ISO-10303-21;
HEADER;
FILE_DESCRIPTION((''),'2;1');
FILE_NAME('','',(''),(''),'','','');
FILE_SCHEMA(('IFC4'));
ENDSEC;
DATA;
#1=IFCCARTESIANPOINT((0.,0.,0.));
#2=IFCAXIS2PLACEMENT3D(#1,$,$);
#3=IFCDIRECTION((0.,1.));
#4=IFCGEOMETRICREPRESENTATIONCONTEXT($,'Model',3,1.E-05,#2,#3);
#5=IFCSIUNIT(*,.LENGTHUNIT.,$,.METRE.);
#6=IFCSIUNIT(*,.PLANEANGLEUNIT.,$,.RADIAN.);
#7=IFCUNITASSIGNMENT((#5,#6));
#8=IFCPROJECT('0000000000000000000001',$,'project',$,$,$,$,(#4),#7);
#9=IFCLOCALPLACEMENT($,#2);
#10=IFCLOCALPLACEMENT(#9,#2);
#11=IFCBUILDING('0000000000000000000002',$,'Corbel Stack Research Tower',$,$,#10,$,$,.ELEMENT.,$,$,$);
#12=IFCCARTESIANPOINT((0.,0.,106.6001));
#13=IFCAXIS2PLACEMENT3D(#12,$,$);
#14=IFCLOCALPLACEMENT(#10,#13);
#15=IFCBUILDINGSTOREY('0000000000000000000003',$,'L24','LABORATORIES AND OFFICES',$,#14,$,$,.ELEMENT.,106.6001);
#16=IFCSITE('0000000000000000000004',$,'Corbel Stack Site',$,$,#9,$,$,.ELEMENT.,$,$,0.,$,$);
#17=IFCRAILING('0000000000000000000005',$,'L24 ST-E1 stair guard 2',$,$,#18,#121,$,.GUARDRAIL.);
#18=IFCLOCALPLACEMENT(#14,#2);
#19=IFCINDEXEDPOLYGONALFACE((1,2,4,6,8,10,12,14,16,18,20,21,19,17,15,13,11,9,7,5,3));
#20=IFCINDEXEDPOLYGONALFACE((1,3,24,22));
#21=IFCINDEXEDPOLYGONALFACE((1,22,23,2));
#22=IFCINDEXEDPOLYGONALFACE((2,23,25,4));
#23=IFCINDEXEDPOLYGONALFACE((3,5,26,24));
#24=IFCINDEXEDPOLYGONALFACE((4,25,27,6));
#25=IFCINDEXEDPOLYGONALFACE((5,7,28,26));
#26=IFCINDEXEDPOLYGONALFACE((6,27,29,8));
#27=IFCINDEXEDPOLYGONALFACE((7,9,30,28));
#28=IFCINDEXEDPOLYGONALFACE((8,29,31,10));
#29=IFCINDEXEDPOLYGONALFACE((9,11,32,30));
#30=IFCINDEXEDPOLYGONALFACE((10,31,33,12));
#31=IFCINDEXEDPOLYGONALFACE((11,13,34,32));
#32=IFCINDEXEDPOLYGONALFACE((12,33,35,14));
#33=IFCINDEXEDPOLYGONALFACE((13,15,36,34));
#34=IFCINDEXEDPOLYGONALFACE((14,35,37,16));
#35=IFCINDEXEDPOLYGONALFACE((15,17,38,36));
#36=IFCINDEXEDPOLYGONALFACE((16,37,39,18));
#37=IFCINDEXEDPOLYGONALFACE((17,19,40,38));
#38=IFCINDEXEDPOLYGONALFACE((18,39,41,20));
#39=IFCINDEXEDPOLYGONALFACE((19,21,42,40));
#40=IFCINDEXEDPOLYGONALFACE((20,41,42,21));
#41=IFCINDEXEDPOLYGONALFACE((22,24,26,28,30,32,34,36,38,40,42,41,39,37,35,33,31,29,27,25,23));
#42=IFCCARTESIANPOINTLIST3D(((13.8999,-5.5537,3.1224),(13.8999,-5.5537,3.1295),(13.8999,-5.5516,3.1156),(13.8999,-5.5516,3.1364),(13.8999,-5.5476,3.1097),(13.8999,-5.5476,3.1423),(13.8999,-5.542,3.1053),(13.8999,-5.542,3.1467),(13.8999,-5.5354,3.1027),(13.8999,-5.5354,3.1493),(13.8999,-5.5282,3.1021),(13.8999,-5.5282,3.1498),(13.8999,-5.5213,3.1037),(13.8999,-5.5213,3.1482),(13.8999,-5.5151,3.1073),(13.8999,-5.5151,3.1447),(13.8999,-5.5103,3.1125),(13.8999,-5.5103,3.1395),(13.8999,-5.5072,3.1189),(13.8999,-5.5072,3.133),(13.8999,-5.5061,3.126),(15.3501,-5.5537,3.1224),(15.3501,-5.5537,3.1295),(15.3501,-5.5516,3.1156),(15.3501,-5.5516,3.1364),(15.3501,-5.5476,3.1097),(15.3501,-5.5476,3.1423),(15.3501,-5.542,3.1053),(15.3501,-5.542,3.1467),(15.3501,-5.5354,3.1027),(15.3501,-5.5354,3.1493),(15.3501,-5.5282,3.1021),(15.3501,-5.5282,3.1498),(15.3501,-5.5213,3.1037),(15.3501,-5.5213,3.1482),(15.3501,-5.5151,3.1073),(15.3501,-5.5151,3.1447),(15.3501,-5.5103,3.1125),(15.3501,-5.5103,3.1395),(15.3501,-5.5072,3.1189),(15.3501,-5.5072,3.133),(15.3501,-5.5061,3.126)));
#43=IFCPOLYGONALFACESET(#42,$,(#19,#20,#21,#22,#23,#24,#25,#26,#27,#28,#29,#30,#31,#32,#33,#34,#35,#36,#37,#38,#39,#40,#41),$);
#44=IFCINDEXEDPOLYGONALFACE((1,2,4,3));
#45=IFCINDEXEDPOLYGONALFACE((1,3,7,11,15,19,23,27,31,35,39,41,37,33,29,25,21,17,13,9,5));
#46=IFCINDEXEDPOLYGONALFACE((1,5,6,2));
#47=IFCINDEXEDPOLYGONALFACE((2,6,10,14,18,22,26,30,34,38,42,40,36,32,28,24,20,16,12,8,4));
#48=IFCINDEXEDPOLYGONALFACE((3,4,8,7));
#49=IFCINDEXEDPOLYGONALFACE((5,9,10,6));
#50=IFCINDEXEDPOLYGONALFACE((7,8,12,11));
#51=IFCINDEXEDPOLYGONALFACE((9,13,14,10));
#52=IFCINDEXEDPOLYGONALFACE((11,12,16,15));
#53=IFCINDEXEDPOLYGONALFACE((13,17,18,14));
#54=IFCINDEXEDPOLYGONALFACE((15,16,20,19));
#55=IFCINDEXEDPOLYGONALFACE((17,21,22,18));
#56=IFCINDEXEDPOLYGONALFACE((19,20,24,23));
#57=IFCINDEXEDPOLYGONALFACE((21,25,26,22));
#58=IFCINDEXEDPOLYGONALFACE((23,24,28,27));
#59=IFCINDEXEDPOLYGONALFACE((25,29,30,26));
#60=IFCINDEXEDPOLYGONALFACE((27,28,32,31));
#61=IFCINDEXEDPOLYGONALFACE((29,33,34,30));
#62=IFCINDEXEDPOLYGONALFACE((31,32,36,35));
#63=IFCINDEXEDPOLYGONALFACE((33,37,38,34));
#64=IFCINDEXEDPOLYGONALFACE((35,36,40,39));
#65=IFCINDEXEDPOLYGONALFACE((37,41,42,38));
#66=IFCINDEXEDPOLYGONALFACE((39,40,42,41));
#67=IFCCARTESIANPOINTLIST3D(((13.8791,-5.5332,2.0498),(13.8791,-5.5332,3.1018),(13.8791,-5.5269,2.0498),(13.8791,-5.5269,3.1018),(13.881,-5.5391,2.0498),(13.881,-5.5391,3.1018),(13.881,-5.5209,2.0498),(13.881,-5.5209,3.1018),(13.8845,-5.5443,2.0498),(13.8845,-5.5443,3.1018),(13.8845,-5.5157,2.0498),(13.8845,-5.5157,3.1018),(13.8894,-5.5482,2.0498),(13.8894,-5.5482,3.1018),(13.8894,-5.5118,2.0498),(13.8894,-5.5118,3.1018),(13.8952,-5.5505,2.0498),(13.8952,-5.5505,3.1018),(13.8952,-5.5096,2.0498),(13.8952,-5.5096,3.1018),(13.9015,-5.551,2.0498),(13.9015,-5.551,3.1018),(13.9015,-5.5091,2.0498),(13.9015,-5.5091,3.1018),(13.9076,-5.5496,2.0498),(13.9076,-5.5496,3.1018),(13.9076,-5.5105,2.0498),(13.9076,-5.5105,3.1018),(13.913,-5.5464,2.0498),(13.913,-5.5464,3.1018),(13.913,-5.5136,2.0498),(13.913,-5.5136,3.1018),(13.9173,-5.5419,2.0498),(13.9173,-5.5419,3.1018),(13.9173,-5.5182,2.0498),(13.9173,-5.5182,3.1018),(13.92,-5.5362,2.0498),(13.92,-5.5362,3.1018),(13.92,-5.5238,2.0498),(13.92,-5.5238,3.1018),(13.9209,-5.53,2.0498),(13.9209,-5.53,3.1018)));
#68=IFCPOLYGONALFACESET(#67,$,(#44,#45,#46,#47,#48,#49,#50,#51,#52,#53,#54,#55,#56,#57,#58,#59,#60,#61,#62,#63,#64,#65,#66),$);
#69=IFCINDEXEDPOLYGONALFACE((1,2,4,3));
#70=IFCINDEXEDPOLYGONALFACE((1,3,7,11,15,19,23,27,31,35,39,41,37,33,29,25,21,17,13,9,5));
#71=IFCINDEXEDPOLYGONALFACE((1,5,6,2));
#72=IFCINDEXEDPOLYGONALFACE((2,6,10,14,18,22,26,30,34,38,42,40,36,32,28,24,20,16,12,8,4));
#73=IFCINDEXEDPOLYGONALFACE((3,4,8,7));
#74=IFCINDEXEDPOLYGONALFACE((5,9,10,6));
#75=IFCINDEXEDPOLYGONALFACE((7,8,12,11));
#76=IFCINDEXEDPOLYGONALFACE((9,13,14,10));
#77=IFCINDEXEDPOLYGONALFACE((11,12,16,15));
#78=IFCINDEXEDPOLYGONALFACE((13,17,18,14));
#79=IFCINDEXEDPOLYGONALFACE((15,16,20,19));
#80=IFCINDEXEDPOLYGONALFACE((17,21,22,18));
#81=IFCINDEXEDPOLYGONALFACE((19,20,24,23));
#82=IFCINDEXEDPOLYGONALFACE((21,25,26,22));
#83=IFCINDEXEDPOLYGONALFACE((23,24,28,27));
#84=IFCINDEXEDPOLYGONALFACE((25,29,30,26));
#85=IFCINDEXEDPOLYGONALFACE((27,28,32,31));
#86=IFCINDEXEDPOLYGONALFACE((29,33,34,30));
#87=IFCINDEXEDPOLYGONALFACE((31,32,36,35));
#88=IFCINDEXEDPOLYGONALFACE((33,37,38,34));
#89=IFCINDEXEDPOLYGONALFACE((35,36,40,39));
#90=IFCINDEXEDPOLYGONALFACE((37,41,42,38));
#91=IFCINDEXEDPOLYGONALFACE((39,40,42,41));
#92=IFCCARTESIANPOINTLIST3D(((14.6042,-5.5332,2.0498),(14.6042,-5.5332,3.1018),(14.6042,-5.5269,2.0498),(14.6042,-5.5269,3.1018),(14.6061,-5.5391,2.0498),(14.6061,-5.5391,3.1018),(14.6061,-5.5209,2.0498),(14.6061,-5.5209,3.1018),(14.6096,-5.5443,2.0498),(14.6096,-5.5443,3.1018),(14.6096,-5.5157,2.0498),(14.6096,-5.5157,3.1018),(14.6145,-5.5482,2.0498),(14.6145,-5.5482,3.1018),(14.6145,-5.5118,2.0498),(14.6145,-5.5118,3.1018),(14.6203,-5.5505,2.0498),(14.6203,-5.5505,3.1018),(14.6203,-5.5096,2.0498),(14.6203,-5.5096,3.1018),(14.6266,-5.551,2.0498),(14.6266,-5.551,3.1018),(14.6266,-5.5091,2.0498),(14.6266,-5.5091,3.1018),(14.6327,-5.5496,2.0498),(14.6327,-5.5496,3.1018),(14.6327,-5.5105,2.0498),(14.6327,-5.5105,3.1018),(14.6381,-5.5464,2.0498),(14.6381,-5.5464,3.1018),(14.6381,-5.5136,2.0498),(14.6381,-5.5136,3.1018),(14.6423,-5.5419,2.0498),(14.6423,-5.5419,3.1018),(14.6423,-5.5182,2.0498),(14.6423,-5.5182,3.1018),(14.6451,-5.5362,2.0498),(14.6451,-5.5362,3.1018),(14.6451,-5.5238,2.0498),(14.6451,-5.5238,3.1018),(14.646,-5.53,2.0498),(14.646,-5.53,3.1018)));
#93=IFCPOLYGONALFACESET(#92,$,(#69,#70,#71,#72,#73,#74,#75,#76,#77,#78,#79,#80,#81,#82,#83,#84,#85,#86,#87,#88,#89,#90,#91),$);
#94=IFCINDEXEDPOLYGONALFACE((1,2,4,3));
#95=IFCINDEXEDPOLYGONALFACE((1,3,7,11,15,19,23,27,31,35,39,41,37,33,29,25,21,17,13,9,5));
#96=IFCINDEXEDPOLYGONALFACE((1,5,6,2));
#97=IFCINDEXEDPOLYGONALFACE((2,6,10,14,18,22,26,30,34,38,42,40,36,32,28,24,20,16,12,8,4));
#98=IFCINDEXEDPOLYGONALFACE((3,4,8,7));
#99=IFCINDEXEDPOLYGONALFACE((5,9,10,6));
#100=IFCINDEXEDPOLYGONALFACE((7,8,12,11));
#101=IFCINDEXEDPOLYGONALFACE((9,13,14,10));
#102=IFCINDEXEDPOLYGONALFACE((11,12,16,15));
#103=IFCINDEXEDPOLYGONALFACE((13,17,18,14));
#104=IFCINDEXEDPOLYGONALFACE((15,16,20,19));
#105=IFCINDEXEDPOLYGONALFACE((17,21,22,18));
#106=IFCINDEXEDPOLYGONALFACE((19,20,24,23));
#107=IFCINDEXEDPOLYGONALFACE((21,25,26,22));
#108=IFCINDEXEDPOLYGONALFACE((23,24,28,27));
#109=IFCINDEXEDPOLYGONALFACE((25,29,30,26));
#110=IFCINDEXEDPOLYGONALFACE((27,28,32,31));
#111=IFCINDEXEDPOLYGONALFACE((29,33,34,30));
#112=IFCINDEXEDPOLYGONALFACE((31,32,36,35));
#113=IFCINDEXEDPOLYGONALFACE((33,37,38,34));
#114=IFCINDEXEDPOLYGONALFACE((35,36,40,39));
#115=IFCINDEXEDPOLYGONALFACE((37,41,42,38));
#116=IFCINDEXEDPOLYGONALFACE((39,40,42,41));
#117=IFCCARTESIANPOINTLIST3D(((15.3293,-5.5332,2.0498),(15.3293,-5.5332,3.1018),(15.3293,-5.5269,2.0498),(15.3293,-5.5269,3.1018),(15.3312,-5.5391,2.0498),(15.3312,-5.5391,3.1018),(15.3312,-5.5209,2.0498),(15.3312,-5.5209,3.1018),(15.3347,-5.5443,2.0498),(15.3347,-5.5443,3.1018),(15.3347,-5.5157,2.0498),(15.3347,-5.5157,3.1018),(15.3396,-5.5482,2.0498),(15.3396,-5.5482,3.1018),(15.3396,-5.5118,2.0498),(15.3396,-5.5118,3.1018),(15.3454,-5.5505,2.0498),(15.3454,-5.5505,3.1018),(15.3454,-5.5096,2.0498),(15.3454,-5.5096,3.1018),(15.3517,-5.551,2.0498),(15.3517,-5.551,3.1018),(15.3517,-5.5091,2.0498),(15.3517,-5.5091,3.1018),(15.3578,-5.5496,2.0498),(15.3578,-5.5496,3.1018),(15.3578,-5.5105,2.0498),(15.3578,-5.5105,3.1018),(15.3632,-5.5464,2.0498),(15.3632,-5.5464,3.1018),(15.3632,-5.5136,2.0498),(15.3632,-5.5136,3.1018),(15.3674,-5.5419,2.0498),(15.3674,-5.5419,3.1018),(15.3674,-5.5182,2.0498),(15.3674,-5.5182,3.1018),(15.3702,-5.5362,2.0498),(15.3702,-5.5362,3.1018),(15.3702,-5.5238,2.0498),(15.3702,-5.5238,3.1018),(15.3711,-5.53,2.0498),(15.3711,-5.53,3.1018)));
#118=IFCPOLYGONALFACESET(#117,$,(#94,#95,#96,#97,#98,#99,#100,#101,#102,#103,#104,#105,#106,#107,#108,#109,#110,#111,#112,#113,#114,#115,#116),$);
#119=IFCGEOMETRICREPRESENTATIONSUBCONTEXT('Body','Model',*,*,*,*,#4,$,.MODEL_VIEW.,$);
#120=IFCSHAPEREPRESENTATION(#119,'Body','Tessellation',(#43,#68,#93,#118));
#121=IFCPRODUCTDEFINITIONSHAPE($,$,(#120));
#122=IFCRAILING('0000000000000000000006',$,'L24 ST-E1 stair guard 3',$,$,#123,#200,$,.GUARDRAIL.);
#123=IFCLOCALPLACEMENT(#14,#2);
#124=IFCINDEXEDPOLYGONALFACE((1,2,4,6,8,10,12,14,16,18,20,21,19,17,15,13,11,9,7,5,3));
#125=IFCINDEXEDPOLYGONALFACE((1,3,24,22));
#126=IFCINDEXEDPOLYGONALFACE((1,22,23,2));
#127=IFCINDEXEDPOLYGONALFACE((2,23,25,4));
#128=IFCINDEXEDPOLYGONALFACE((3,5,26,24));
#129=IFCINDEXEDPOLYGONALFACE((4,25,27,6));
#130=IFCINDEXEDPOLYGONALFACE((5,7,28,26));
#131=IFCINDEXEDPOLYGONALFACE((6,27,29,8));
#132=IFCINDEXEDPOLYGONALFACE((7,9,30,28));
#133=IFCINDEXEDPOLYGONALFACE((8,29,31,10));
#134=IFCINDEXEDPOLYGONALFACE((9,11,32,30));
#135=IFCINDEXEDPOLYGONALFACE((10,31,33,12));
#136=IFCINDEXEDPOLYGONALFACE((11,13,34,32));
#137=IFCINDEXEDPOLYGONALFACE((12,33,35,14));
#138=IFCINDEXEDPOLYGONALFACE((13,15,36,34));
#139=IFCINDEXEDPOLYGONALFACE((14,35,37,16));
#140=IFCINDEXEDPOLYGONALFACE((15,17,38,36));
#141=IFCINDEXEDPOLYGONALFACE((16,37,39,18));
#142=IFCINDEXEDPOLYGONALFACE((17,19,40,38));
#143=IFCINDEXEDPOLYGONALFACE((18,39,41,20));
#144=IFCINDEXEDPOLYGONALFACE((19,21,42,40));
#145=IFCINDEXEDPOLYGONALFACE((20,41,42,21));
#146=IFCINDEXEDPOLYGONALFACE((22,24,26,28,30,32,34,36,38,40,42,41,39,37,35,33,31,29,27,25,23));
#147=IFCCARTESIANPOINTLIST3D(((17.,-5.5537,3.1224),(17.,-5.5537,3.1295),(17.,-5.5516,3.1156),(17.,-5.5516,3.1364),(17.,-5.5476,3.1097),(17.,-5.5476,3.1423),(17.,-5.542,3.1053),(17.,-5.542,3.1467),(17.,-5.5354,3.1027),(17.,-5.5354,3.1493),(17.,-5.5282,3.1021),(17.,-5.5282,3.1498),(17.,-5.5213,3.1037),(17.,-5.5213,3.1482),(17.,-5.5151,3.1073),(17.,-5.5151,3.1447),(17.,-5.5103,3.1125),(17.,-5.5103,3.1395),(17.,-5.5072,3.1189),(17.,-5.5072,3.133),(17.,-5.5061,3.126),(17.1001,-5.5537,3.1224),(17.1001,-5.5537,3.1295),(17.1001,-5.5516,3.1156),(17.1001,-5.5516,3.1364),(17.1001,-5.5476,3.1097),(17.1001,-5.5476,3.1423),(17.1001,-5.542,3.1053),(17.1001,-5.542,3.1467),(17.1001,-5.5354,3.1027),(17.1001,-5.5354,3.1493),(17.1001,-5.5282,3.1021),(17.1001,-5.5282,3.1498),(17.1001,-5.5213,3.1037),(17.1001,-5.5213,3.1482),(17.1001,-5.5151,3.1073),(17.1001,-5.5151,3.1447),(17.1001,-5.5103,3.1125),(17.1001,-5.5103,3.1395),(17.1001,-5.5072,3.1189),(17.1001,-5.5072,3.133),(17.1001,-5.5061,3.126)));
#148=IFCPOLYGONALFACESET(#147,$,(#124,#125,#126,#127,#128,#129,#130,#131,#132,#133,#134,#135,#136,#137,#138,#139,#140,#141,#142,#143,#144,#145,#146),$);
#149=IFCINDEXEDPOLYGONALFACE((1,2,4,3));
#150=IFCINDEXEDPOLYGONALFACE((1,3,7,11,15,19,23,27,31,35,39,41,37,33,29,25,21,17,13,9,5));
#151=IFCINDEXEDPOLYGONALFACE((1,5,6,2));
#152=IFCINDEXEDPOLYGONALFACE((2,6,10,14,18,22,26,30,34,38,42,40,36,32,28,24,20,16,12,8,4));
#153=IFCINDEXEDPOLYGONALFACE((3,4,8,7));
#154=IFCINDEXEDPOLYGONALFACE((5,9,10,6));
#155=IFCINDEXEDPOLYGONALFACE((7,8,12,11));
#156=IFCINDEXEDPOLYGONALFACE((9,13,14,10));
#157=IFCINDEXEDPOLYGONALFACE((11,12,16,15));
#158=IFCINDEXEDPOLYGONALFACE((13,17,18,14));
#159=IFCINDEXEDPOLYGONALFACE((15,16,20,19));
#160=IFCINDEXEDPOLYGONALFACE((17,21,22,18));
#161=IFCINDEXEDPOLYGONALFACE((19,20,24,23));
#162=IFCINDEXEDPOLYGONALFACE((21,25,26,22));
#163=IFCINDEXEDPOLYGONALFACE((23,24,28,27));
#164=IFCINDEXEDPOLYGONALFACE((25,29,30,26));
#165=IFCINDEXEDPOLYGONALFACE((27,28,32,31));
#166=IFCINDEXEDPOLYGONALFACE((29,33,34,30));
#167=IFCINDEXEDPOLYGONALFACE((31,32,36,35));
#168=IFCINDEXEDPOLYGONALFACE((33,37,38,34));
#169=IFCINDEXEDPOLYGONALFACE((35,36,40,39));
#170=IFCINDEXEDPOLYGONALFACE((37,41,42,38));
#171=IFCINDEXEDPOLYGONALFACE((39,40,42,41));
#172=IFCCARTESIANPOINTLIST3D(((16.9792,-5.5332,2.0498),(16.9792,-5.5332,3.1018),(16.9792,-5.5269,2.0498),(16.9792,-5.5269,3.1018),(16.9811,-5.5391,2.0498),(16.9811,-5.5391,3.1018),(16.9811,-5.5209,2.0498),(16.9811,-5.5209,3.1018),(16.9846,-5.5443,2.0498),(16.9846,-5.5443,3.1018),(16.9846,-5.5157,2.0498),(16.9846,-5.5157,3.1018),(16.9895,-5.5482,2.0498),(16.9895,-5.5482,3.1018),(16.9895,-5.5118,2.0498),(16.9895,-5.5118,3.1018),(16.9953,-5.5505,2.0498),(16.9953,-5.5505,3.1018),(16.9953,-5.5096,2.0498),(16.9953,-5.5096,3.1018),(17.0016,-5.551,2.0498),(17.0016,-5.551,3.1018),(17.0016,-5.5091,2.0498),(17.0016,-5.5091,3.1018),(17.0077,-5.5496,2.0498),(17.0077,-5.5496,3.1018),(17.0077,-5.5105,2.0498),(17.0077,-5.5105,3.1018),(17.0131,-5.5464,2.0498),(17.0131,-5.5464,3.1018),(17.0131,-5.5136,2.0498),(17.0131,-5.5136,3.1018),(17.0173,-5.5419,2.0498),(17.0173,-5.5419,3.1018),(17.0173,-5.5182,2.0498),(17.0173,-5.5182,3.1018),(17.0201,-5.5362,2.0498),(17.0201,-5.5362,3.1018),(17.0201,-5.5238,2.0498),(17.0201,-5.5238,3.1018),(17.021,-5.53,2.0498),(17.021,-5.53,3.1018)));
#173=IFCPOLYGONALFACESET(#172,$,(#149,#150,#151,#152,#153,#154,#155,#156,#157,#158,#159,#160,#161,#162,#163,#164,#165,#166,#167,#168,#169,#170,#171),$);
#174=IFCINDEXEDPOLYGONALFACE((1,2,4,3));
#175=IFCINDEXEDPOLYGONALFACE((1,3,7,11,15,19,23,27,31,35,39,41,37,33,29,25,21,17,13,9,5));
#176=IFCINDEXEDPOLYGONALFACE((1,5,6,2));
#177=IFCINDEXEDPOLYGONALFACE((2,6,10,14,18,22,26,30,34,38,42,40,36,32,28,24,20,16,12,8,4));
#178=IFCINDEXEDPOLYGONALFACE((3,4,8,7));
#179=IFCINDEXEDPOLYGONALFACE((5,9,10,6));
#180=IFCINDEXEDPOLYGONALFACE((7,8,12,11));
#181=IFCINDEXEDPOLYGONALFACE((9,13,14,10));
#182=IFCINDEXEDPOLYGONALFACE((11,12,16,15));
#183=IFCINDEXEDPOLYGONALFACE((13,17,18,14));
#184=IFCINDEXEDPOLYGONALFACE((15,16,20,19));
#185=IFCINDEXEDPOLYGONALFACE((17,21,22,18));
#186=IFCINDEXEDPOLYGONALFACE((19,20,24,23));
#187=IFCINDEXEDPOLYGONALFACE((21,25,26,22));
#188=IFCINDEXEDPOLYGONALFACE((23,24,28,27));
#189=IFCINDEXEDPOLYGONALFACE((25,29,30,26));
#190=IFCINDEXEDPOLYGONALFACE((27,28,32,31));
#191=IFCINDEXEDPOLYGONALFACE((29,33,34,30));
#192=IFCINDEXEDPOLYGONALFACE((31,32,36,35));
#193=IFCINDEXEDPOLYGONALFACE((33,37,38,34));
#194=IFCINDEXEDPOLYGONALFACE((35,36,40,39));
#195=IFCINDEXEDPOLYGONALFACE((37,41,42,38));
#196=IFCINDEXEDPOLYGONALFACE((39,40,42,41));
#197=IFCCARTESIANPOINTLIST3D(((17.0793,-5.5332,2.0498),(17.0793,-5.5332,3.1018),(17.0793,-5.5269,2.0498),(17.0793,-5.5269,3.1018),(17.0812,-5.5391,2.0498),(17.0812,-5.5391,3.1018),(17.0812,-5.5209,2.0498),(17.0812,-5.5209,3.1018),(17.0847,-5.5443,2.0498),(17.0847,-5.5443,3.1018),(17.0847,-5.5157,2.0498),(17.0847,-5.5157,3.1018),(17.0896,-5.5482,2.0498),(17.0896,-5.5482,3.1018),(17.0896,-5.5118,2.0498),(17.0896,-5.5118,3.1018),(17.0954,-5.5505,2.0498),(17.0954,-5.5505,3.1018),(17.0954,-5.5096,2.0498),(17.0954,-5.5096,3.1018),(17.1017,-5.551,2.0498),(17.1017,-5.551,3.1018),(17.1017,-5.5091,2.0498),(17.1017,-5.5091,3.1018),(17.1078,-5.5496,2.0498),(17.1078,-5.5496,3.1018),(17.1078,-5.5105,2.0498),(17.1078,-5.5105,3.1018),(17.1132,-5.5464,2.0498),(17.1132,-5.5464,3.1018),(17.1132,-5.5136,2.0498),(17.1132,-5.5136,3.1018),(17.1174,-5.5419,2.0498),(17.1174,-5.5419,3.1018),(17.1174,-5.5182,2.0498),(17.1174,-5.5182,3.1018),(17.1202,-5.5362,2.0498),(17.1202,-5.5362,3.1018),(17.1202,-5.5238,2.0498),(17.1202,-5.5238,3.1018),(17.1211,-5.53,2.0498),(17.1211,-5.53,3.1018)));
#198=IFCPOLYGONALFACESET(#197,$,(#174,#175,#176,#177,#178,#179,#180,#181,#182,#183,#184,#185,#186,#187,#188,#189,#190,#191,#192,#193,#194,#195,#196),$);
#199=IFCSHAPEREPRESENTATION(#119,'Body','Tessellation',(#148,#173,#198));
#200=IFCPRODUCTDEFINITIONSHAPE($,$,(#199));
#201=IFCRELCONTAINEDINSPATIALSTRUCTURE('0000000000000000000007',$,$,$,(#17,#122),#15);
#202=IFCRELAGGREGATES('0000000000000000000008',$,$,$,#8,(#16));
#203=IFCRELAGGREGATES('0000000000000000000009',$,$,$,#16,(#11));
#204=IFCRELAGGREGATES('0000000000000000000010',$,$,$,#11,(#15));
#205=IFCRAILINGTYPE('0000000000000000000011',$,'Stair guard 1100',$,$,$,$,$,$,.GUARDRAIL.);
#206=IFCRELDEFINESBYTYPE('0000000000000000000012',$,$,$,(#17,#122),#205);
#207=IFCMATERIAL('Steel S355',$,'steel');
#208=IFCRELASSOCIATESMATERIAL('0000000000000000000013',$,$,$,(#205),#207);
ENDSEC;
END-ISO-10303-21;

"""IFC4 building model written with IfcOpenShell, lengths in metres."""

from ifc_helpers import new_model, si_unit, direction, frame, origin, origin_2d, place, context, subcontext, project, spatial, circle, extrude, material, type_object, element, save


model = new_model("IFC4")

# Units and contexts
model_context = context("Model", 3, precision=1e-05, world=origin(), true_north=direction((0.0, 1.0)))
body_context = subcontext(model_context, "Body", "Model", "MODEL_VIEW")
ifc_project = project(units=[si_unit("LENGTHUNIT", "METRE"), si_unit("PLANEANGLEUNIT", "RADIAN")], contexts=[model_context])

# Site, building, storey
site_placement = place(None, origin())
site = spatial("IfcSite", under=ifc_project, at=site_placement, Name="Corbel Stack Site", CompositionType="ELEMENT", RefElevation=0.0)
building_placement = place(site_placement, origin())
building = spatial("IfcBuilding", under=site, at=building_placement, Name="Corbel Stack Research Tower", CompositionType="ELEMENT")
storey_placement = place(building_placement, frame((0.0, 0.0, 106.6001)))
storey = spatial("IfcBuildingStorey", under=building, at=storey_placement, Name="L24", Description="LABORATORIES AND OFFICES", CompositionType="ELEMENT", Elevation=106.6001)

# Railings
ifc_material_1 = material(Name="Steel S355", Category="steel")
railing_type_1 = type_object("IfcRailingType", Name="Stair guard 1100", PredefinedType="GUARDRAIL", material=ifc_material_1)
railing_1_placement = place(storey_placement, frame((13.8999, -5.53, 2.0498)))
element("IfcRailing", 1, at=railing_1_placement, inside=storey, type_object=railing_type_1, Name="L24 ST-E1 stair guard 2", PredefinedType="GUARDRAIL", context=body_context, shape_type="SweptSolid", body=[
    extrude(circle(Radius=0.0239, at=origin_2d()), frame((0.0, 0.0, 1.0762), z_axis=(1.0, 0.0, 0.0), x_axis=(0.0, 1.0, 0.0)), (0.0, 0.0, 1.0), 1.4502),
    extrude(circle(Radius=0.021, at=origin_2d()), origin(), (0.0, 0.0, 1.0), 1.052),
    extrude(circle(Radius=0.021, at=origin_2d()), frame((0.7251, 0.0, 0.0)), (0.0, 0.0, 1.0), 1.052),
    extrude(circle(Radius=0.021, at=origin_2d()), frame((1.4502, 0.0, 0.0)), (0.0, 0.0, 1.0), 1.052),
])
railing_2_placement = place(storey_placement, frame((17.0, -5.53, 2.0498)))
element("IfcRailing", 2, at=railing_2_placement, inside=storey, type_object=railing_type_1, Name="L24 ST-E1 stair guard 3", PredefinedType="GUARDRAIL", context=body_context, shape_type="SweptSolid", body=[
    extrude(circle(Radius=0.0239, at=origin_2d()), frame((0.0, 0.0, 1.0762), z_axis=(1.0, 0.0, 0.0), x_axis=(0.0, 1.0, 0.0)), (0.0, 0.0, 1.0), 0.1001),
    extrude(circle(Radius=0.021, at=origin_2d()), origin(), (0.0, 0.0, 1.0), 1.052),
    extrude(circle(Radius=0.021, at=origin_2d()), frame((0.1001, 0.0, 0.0)), (0.0, 0.0, 1.0), 1.052),
])

save(model, "model.ifc")
